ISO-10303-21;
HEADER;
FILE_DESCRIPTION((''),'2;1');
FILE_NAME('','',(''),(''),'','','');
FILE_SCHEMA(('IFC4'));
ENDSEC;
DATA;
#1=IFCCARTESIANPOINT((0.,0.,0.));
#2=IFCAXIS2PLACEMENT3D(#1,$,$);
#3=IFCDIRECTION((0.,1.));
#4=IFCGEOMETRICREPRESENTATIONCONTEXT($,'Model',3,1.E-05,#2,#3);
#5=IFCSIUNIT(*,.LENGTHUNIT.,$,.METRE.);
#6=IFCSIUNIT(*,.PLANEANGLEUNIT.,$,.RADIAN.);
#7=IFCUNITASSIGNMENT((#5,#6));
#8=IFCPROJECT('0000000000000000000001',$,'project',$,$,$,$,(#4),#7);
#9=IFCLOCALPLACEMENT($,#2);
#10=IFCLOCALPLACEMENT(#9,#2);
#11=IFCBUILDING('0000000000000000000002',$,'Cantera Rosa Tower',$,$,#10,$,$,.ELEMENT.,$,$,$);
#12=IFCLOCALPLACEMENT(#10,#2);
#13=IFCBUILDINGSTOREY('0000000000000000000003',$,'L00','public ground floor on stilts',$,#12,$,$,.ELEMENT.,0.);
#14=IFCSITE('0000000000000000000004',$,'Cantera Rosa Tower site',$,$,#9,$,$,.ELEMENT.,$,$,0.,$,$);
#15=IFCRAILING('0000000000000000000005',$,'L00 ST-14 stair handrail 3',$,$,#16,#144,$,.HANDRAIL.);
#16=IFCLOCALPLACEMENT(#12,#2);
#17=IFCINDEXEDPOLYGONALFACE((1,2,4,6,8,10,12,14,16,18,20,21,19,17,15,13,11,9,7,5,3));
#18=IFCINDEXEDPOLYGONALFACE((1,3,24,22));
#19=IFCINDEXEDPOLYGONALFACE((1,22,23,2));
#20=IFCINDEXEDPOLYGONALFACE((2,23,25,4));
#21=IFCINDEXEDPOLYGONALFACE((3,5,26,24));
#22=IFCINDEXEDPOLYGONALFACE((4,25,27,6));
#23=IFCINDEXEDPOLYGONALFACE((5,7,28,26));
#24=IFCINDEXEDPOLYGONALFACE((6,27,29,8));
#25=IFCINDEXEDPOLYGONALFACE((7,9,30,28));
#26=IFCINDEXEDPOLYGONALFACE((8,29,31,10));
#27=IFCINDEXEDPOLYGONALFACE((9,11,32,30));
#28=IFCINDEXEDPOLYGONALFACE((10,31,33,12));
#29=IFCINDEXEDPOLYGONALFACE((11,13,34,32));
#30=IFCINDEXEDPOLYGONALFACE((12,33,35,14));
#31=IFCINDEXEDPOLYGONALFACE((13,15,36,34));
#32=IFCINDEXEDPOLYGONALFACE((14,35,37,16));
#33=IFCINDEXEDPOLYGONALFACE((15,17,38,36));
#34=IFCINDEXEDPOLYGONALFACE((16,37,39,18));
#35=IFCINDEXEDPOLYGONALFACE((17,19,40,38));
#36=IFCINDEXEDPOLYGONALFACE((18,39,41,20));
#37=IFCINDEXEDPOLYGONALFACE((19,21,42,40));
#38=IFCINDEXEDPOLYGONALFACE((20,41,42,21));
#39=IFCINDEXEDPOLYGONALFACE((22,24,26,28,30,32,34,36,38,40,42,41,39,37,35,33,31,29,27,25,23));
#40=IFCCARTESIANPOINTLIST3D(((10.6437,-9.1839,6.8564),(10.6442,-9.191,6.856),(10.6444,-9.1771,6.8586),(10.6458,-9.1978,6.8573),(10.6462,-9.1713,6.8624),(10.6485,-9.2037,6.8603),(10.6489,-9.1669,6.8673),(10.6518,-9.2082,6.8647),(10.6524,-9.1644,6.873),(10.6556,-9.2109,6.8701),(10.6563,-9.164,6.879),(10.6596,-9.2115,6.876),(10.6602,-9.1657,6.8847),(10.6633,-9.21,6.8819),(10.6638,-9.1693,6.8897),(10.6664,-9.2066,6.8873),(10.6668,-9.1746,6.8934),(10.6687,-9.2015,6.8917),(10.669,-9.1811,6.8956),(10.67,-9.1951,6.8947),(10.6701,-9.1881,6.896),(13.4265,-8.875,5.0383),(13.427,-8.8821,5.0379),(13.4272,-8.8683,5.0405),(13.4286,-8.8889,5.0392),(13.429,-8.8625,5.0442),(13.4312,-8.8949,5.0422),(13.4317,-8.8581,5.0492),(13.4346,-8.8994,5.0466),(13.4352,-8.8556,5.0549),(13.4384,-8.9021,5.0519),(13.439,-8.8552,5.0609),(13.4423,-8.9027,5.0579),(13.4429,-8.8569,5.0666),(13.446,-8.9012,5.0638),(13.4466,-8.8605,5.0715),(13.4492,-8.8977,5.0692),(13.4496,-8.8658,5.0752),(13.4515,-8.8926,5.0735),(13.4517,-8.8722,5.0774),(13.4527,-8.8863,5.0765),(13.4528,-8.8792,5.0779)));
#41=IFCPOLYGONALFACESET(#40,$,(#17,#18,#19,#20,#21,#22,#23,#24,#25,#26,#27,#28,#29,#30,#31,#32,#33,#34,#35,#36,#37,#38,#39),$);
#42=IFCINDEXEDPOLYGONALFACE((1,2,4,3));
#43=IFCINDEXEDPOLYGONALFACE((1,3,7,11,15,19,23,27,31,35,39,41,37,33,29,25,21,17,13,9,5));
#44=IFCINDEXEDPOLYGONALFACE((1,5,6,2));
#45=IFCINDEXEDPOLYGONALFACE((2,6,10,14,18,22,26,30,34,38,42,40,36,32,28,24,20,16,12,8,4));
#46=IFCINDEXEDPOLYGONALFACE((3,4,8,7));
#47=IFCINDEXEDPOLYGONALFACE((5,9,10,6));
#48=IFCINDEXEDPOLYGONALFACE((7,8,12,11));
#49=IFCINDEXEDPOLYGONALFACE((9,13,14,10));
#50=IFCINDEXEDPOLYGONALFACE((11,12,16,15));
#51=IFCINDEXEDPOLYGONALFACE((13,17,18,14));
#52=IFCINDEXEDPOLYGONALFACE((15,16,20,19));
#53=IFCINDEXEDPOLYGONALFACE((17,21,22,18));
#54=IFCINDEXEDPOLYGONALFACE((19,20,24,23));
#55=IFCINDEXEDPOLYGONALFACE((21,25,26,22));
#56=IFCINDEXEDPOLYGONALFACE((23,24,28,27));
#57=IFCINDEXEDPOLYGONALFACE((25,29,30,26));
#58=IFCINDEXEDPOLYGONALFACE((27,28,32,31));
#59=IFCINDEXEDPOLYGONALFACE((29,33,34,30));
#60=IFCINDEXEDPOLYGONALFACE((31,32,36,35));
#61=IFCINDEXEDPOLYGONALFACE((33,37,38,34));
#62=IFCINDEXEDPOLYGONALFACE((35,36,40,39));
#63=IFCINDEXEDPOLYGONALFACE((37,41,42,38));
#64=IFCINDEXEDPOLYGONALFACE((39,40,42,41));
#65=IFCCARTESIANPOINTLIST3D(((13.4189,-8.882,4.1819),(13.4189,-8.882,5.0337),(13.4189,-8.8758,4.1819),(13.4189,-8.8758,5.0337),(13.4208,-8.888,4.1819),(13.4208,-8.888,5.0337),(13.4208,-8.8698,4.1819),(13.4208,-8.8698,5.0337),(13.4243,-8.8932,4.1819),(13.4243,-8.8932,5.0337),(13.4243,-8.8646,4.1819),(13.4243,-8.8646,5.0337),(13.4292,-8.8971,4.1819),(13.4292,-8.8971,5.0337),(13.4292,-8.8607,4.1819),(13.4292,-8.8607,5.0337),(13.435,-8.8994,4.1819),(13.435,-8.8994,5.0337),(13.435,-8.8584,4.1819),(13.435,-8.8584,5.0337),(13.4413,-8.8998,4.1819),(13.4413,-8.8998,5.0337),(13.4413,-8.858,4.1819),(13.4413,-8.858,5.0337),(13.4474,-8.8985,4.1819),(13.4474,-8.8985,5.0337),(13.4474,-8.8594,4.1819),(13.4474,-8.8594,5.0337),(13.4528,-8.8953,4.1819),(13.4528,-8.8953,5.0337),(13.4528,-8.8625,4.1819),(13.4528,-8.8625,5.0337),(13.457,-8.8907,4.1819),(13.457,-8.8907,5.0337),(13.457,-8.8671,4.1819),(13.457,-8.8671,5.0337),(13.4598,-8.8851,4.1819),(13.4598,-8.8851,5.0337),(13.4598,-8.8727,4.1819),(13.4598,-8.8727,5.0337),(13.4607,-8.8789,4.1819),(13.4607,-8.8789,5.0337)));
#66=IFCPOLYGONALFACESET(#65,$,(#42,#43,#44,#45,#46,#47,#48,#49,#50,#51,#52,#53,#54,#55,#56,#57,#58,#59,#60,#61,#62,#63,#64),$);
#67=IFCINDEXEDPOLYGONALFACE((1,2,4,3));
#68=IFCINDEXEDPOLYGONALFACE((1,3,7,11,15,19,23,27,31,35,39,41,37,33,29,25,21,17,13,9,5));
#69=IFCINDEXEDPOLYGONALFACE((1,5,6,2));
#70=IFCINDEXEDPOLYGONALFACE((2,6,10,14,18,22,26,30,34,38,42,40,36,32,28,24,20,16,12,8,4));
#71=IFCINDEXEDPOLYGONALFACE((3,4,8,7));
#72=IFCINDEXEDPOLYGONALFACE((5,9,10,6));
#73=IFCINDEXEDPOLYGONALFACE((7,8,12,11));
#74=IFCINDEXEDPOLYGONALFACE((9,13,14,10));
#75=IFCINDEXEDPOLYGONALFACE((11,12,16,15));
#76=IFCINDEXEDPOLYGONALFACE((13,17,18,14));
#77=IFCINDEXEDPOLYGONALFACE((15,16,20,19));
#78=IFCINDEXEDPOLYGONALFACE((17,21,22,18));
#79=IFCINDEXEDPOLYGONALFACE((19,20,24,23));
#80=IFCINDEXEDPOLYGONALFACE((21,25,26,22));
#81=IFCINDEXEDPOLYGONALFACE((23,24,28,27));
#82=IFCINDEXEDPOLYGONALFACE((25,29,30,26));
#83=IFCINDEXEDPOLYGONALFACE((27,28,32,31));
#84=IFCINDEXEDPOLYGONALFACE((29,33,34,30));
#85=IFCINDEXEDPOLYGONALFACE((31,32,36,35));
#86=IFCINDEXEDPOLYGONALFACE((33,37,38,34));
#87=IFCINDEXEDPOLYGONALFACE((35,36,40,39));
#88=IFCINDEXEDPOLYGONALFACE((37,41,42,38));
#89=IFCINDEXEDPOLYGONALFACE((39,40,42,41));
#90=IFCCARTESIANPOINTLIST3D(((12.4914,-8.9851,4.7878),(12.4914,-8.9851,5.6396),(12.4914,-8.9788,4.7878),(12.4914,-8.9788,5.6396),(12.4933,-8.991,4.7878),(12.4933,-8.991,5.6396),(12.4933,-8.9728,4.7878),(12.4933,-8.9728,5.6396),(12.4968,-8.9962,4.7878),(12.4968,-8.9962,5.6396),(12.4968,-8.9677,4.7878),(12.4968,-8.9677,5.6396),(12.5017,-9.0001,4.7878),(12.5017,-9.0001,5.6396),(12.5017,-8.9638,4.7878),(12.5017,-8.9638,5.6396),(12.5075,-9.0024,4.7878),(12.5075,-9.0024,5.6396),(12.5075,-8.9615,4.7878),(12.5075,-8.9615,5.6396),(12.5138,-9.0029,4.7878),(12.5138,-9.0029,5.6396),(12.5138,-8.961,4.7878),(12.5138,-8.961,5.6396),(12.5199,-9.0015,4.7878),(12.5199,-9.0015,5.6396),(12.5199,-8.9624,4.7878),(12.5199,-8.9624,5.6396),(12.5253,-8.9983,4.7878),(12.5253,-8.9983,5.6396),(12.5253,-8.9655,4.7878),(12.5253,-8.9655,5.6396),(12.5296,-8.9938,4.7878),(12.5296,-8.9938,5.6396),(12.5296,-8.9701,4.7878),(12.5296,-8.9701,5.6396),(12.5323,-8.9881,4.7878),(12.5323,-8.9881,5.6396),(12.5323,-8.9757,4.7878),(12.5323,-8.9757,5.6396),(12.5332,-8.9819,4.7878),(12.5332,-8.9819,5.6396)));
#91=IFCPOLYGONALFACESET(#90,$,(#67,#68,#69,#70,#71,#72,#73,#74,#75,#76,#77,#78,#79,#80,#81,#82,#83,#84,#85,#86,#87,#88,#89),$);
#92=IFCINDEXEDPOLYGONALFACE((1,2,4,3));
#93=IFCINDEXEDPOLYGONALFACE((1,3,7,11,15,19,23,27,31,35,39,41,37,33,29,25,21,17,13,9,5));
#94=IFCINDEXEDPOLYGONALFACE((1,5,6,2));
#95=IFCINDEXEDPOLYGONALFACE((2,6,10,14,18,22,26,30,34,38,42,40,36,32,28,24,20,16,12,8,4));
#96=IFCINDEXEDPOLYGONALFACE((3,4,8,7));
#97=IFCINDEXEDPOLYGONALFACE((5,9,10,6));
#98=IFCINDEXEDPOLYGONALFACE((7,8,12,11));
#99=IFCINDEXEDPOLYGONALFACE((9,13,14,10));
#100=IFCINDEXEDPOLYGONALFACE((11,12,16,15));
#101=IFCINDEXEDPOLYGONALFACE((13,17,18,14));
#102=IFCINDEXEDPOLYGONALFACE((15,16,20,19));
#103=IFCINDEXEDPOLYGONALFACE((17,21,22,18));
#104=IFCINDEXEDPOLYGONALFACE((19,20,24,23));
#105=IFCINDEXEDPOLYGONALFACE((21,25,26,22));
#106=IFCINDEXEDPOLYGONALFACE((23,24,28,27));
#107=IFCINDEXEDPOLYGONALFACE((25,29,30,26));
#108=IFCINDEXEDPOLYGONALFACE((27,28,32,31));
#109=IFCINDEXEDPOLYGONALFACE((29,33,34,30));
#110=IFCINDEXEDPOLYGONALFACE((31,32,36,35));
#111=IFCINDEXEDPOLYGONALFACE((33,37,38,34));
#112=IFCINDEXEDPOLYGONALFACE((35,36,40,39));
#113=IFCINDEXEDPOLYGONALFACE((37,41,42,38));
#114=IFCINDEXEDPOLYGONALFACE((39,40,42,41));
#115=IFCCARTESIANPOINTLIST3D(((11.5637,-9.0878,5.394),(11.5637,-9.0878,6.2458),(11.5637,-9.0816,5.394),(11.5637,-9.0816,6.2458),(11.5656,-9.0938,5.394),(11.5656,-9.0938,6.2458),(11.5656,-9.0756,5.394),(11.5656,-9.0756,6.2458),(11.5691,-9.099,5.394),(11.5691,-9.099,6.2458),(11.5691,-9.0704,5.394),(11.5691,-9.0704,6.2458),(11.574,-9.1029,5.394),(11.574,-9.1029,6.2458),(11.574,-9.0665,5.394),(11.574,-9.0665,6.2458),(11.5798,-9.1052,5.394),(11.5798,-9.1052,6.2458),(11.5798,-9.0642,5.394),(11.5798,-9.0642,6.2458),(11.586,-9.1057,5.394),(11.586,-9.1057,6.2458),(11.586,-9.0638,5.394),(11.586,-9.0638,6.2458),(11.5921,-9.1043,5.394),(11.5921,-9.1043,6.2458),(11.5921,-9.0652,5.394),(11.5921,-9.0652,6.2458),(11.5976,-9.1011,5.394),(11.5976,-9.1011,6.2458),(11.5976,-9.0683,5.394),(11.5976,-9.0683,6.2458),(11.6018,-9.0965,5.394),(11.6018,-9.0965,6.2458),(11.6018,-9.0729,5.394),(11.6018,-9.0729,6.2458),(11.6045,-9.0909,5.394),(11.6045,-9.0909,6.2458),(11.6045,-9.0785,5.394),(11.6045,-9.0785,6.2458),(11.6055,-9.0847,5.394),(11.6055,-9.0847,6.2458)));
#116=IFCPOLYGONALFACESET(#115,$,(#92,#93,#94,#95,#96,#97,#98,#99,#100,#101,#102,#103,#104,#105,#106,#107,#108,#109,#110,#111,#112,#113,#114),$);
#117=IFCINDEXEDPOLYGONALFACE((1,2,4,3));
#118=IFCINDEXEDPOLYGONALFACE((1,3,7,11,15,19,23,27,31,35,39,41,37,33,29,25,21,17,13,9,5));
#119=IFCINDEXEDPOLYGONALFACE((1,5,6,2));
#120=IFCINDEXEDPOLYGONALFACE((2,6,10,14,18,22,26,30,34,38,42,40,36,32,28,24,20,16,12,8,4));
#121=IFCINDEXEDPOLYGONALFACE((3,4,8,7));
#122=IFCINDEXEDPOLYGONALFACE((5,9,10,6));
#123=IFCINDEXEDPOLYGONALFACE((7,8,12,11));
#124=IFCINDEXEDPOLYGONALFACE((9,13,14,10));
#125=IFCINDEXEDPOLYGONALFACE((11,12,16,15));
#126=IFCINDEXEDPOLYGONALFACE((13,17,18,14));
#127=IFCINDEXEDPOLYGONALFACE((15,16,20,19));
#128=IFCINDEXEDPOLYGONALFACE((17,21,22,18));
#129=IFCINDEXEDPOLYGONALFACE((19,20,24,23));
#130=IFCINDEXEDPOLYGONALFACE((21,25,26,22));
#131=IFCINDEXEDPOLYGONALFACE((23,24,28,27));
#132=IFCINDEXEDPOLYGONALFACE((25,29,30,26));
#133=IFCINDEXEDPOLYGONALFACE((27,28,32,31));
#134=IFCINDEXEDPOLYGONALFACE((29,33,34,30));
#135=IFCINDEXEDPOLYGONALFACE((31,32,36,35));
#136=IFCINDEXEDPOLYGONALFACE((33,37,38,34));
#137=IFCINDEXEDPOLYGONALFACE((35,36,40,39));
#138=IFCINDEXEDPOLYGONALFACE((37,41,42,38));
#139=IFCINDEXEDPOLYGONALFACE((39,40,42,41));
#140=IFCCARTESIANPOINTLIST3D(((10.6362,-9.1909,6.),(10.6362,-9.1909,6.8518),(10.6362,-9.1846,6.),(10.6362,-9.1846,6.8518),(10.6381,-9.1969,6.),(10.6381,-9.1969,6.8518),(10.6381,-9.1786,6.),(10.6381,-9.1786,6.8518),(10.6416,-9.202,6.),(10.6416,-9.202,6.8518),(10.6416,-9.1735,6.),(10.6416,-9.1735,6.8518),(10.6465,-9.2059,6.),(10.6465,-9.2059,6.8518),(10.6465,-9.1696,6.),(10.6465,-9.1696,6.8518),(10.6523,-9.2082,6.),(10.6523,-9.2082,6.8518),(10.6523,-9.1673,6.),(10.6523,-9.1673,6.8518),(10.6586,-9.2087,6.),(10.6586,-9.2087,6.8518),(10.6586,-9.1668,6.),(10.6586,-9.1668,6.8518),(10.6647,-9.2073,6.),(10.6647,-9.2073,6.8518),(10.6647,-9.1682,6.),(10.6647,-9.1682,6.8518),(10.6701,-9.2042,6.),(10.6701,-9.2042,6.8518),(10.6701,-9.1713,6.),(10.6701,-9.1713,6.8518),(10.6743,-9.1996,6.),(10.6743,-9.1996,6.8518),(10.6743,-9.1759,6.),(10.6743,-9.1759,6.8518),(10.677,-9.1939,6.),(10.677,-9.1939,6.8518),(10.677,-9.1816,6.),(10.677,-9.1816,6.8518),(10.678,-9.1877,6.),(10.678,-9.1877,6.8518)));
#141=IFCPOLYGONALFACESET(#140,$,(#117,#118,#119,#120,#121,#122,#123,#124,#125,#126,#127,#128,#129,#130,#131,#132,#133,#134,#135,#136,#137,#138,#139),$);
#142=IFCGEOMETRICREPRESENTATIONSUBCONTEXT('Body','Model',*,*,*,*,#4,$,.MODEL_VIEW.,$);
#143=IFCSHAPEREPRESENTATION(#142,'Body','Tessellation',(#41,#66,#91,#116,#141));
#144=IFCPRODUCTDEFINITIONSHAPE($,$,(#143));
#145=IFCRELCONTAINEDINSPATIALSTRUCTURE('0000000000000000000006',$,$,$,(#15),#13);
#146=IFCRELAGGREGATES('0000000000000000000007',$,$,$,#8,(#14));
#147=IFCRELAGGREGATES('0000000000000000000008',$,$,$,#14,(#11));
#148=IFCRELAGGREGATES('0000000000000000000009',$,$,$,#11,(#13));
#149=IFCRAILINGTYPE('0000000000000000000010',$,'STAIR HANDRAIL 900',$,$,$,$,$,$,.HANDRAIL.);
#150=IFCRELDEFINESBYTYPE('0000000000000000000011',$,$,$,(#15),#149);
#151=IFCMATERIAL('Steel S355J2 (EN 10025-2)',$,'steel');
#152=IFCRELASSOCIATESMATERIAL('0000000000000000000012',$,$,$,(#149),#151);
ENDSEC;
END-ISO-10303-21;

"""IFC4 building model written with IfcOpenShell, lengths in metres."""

from ifc_helpers import new_model, si_unit, direction, frame, origin, origin_2d, place, context, subcontext, project, spatial, circle, extrude, material, type_object, element, save


model = new_model("IFC4")

# Units and contexts
model_context = context("Model", 3, precision=1e-05, world=origin(), true_north=direction((0.0, 1.0)))
body_context = subcontext(model_context, "Body", "Model", "MODEL_VIEW")
ifc_project = project(units=[si_unit("LENGTHUNIT", "METRE"), si_unit("PLANEANGLEUNIT", "RADIAN")], contexts=[model_context])

# Site, building, storey
site_placement = place(None, origin())
site = spatial("IfcSite", under=ifc_project, at=site_placement, Name="Cantera Rosa Tower site", CompositionType="ELEMENT", RefElevation=0.0)
building_placement = place(site_placement, origin())
building = spatial("IfcBuilding", under=site, at=building_placement, Name="Cantera Rosa Tower", CompositionType="ELEMENT")
storey_placement = place(building_placement, origin())
storey = spatial("IfcBuildingStorey", under=building, at=storey_placement, Name="L00", Description="public ground floor on stilts", CompositionType="ELEMENT", Elevation=0.0)

# Railing
ifc_material_1 = material(Name="Steel S355J2 (EN 10025-2)", Category="steel")
railing_type_1 = type_object("IfcRailingType", Name="STAIR HANDRAIL 900", PredefinedType="HANDRAIL", material=ifc_material_1)
for number, where, name in (
    (1, (13.4397, -8.8789, 4.1819), "L00 ST-14 stair handrail 3"),
):
    element("IfcRailing", number, at=place(storey_placement, frame(where)), inside=storey, type_object=railing_type_1, Name=name, PredefinedType="HANDRAIL", context=body_context, shape_type="SweptSolid", body=[
        extrude(circle(Radius=0.0239, at=origin_2d()), frame((0.0, 0.0, 0.876), z_axis=(-0.833566, -0.092513, 0.544619), x_axis=(0.110307, -0.993898, 0.0)), (0.0, 0.0, 1.0), 3.3384),
        extrude(circle(Radius=0.021, at=origin_2d()), origin(), (0.0, 0.0, 1.0), 0.8518),
        extrude(circle(Radius=0.021, at=origin_2d()), frame((-0.9275, -0.103, 0.606)), (0.0, 0.0, 1.0), 0.8518),
        extrude(circle(Radius=0.021, at=origin_2d()), frame((-1.8552, -0.2058, 1.2122)), (0.0, 0.0, 1.0), 0.8518),
        extrude(circle(Radius=0.021, at=origin_2d()), frame((-2.7827, -0.3088, 1.8181)), (0.0, 0.0, 1.0), 0.8518),
    ])

save(model, "model.ifc")
